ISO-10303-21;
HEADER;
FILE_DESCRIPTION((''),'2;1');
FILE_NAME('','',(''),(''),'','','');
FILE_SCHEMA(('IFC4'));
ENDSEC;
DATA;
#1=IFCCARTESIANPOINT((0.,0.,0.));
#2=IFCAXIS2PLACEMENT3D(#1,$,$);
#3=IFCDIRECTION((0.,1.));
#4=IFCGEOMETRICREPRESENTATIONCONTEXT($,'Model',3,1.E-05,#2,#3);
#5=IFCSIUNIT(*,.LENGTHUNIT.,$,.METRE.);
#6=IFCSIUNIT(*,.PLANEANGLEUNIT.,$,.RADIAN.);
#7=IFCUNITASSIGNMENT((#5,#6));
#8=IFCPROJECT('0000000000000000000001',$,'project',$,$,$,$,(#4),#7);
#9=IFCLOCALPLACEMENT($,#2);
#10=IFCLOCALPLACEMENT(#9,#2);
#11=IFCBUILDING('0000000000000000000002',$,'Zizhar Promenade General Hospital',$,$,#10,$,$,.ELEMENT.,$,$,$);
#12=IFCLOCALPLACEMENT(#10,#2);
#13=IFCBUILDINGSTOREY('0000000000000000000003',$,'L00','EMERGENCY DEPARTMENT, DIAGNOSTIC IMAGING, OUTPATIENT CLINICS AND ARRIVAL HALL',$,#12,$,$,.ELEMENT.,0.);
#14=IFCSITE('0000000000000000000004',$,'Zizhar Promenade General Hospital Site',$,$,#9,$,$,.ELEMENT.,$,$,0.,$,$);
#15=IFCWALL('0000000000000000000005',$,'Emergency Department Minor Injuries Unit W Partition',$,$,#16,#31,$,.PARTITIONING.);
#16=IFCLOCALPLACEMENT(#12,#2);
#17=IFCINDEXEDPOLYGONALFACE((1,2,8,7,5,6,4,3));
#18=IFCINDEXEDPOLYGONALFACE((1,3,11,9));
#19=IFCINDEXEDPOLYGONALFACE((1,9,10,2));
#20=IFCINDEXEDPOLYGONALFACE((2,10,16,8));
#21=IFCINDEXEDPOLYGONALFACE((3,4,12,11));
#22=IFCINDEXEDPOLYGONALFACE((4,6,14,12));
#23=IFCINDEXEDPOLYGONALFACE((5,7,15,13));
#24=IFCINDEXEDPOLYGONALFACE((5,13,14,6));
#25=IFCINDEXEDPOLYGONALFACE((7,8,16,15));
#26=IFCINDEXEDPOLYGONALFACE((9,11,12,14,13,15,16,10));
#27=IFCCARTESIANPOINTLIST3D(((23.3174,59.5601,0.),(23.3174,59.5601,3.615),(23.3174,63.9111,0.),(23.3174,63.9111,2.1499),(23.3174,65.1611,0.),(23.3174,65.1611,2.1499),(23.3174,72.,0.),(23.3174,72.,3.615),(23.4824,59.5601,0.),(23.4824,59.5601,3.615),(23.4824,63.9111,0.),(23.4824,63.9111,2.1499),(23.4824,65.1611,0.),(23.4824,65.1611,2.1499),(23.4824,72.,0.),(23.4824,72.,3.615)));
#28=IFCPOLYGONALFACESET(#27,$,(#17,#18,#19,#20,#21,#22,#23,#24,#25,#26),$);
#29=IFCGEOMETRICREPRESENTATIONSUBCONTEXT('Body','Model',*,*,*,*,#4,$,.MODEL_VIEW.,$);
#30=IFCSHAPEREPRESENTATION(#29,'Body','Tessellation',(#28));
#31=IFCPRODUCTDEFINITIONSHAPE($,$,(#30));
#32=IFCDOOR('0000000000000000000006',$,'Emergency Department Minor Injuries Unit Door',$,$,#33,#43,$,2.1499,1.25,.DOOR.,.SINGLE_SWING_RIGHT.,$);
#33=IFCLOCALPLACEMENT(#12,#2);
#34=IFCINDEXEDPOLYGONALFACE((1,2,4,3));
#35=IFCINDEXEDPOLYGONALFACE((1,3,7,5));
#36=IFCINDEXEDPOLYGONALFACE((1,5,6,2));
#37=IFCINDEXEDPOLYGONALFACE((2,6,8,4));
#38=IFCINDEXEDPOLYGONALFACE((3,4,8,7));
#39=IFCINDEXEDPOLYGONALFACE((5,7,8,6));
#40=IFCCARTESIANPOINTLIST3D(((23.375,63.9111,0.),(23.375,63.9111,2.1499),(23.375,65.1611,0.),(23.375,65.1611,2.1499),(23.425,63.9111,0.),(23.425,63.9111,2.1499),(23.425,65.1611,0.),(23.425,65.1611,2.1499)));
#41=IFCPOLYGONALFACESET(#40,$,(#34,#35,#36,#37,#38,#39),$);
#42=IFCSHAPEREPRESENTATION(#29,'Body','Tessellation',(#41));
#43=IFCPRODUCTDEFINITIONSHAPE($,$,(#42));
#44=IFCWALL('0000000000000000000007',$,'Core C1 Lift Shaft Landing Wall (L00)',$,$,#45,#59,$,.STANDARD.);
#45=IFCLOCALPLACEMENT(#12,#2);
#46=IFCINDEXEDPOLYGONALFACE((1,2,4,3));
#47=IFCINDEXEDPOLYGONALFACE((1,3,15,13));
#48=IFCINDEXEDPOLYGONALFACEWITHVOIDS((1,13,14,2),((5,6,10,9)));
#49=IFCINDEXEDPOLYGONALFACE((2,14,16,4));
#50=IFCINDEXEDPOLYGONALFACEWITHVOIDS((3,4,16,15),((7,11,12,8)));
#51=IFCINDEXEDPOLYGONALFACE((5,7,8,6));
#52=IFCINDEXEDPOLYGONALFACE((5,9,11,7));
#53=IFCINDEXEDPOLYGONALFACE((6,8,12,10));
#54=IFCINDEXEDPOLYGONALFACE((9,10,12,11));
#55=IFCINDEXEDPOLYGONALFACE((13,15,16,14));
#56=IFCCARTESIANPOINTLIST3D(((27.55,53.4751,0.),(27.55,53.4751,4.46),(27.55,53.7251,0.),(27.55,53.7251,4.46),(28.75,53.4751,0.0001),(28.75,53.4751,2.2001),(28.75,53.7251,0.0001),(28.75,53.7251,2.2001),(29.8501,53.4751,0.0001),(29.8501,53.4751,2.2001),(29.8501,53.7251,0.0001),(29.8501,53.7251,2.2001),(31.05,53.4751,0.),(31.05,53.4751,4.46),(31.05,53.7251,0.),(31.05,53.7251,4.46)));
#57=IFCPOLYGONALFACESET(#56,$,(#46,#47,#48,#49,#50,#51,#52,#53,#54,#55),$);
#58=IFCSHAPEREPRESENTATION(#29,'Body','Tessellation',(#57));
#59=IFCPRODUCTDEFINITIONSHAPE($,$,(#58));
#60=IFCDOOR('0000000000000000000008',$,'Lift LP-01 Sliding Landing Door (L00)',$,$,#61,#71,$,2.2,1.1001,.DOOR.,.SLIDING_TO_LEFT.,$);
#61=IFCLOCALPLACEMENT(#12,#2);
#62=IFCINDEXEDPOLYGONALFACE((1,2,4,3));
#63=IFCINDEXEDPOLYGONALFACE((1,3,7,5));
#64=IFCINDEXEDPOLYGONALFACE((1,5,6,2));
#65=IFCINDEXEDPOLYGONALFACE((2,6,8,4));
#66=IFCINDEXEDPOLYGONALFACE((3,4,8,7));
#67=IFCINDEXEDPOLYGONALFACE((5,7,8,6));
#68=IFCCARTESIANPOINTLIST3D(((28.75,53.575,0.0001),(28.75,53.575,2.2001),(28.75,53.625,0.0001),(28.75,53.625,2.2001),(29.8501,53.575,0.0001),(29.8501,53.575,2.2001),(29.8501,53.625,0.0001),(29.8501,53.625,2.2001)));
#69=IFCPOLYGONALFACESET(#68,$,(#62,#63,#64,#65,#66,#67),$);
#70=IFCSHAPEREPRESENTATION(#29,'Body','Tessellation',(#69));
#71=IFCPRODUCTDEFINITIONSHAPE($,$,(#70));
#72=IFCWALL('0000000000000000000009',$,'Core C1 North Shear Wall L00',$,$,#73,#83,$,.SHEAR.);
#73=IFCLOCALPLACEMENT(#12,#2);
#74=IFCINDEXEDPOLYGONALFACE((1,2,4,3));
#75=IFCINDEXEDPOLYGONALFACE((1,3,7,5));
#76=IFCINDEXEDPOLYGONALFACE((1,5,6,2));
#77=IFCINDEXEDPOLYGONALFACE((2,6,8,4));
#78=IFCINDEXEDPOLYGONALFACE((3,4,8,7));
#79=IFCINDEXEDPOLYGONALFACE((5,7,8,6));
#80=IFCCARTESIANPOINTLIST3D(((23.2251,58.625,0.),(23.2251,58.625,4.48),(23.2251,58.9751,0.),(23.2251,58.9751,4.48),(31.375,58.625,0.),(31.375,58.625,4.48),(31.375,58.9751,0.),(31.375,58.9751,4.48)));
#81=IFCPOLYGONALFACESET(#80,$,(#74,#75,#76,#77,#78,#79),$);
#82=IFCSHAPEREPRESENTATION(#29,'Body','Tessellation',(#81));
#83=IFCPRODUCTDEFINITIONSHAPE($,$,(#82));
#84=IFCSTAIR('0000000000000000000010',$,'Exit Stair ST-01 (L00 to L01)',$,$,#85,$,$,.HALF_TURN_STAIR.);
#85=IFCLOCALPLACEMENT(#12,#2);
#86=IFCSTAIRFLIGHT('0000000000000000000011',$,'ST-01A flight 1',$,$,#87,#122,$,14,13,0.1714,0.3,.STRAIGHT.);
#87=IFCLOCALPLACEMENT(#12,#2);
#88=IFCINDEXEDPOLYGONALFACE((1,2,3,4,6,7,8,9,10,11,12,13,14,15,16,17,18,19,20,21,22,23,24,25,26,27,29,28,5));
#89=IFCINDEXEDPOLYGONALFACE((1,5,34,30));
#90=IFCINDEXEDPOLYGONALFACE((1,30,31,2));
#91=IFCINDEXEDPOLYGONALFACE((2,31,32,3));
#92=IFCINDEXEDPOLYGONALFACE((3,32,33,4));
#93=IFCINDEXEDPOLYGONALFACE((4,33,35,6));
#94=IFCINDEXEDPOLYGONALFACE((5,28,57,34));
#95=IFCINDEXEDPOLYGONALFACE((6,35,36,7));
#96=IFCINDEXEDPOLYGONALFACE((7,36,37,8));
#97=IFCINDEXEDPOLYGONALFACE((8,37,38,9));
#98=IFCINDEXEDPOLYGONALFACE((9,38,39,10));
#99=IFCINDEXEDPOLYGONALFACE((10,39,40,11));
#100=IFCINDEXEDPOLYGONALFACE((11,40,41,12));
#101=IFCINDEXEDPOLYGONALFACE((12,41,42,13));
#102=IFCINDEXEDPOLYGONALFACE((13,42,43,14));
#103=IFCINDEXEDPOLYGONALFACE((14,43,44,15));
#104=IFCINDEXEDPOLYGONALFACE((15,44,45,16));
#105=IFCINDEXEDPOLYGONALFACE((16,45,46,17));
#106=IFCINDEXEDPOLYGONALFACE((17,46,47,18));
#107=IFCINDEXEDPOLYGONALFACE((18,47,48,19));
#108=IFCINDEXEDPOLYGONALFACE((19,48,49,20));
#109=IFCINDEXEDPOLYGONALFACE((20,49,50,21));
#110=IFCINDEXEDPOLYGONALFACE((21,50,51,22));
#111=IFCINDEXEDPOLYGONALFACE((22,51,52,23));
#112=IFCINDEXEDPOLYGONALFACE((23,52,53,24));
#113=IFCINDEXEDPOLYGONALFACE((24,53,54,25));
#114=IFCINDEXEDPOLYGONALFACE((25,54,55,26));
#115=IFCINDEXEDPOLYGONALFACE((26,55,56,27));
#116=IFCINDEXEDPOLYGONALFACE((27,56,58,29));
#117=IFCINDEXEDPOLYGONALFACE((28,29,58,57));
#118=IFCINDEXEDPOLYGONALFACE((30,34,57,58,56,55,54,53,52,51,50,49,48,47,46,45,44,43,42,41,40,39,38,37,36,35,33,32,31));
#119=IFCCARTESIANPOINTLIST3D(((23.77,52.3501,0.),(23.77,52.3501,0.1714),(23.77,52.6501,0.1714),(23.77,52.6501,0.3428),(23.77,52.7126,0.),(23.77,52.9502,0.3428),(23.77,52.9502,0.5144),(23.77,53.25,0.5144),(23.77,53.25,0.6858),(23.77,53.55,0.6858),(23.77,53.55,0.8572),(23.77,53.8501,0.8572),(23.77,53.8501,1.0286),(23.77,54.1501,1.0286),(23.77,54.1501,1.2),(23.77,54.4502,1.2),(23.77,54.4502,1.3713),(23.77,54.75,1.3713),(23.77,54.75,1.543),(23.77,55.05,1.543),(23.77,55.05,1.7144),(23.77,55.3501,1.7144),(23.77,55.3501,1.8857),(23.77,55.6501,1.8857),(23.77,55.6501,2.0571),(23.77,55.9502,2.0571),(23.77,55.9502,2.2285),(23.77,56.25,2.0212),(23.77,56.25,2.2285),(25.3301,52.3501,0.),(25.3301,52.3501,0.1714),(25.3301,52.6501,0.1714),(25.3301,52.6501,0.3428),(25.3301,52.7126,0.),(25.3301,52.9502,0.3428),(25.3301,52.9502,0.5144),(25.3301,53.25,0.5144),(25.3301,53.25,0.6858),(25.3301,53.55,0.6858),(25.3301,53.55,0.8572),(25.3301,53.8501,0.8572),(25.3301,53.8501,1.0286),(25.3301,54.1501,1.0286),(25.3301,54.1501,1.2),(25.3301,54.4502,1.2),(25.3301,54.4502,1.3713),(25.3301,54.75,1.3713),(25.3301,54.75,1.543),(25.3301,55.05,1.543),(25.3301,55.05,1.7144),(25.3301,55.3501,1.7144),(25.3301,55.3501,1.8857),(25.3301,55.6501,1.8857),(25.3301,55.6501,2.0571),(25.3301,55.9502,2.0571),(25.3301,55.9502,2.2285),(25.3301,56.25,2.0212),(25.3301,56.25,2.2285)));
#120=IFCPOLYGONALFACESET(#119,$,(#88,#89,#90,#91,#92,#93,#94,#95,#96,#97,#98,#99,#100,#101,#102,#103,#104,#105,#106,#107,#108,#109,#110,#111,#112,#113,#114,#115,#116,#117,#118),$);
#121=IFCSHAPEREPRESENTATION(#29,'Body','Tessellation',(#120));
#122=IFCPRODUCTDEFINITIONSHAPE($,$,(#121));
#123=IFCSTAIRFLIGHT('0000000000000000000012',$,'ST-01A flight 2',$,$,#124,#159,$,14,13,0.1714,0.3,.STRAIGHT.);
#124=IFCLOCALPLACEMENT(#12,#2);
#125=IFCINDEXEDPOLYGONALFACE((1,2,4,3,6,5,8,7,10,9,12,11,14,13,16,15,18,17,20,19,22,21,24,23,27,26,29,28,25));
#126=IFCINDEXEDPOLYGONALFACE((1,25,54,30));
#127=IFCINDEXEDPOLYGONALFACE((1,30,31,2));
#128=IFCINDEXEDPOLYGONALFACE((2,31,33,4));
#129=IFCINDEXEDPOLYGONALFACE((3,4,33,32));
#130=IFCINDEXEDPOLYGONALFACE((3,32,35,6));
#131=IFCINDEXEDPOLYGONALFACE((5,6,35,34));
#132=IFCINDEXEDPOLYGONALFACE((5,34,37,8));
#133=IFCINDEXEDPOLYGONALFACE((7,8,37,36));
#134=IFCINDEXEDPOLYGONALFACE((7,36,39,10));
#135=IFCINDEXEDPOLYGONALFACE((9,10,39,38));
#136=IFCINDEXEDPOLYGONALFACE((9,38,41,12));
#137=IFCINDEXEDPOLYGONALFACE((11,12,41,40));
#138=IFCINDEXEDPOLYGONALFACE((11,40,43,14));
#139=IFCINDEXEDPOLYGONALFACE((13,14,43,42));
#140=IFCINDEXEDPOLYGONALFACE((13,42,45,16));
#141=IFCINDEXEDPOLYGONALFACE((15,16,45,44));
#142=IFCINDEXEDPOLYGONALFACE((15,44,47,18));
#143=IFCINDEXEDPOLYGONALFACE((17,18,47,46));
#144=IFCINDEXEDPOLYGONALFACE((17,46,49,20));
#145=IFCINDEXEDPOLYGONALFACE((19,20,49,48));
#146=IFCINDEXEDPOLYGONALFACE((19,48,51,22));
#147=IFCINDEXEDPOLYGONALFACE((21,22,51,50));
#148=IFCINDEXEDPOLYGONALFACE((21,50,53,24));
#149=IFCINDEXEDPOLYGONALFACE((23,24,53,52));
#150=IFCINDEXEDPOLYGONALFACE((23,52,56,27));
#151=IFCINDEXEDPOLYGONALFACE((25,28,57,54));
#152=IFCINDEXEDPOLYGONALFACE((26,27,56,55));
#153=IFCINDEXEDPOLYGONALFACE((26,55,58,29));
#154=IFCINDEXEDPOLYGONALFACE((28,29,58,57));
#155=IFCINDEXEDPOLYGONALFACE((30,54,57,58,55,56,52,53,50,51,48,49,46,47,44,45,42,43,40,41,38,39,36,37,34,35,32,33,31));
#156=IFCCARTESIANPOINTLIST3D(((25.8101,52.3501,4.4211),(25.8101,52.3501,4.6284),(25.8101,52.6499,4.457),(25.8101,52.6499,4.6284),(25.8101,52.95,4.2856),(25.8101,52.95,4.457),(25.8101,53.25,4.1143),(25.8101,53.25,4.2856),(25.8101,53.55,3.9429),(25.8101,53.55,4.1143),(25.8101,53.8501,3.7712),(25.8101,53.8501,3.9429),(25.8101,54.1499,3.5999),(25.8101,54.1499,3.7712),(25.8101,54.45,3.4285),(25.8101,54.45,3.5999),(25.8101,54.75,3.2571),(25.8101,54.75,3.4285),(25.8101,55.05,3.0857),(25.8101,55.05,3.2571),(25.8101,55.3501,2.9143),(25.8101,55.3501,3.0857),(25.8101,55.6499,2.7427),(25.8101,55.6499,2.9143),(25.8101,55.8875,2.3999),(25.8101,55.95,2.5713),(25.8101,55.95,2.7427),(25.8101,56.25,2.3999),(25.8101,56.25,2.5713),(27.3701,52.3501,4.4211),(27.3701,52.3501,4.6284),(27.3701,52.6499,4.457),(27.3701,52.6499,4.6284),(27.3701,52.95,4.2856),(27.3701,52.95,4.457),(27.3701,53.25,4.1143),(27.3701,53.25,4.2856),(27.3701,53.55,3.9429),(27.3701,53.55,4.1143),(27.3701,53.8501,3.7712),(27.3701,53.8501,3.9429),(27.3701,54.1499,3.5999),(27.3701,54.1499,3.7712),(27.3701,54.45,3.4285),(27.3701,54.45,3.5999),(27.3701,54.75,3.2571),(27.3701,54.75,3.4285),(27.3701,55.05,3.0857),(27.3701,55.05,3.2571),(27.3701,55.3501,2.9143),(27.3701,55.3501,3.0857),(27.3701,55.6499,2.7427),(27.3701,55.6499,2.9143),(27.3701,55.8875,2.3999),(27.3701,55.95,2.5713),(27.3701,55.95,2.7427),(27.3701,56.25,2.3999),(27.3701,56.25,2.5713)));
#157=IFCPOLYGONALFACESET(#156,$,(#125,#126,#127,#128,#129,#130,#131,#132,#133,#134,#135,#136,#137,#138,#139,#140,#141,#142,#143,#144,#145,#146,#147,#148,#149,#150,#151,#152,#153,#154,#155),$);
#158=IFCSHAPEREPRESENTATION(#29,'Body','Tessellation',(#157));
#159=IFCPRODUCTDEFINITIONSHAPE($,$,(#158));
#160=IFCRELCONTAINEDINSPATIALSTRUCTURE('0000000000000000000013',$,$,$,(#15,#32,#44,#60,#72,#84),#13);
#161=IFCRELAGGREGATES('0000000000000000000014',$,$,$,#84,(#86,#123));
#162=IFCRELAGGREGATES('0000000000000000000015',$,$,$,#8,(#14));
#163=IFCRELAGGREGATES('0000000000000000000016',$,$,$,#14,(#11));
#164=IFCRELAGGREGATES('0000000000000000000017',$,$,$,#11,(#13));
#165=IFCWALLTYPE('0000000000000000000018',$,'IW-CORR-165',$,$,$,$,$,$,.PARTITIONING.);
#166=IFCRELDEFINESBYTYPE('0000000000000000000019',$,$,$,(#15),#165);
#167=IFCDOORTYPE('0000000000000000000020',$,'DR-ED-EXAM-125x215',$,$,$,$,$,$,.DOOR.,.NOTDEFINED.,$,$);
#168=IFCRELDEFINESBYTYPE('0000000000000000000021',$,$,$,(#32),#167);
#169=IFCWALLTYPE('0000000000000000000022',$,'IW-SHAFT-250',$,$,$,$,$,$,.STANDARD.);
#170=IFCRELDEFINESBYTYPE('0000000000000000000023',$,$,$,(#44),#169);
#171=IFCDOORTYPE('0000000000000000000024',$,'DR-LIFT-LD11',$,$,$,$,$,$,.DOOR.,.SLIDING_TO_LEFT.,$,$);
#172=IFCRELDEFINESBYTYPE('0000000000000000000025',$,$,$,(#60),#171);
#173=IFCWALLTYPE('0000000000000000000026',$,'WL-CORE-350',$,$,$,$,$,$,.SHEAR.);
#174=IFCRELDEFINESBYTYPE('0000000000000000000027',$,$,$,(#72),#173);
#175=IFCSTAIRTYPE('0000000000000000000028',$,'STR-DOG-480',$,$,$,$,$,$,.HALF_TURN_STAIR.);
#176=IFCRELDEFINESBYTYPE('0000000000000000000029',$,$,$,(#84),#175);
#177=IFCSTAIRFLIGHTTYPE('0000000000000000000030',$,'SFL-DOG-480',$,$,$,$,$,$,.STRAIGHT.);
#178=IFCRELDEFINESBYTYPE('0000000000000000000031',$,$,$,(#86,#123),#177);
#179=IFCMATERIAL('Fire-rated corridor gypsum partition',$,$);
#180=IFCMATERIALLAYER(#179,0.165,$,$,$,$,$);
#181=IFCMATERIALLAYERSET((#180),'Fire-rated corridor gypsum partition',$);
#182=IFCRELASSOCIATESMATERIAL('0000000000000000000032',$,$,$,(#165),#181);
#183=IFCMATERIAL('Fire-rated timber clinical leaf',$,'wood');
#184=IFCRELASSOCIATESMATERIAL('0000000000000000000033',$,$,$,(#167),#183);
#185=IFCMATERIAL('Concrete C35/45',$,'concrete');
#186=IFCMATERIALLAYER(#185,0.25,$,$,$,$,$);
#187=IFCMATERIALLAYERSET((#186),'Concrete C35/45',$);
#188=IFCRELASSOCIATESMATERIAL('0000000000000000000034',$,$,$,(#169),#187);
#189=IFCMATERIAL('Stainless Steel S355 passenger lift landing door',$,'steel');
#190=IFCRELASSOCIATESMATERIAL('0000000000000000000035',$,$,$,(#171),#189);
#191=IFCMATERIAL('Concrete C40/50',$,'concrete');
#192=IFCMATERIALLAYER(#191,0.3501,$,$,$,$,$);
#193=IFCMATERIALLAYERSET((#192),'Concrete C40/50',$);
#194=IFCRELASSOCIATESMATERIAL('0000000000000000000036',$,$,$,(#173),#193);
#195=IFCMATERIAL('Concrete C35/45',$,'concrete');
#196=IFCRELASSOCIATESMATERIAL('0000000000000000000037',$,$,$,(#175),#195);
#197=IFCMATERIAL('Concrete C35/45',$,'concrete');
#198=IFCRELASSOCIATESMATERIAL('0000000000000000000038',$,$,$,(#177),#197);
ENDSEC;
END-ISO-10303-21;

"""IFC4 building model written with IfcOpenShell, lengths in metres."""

from ifc_helpers import new_model, si_unit, direction, frame, frame_2d, origin, place, context, subcontext, project, spatial, polyline, rectangle, outline, extrude, material, layer, layer_set, type_object, element, fill, aggregate, save


model = new_model("IFC4")

# Units and contexts
model_context = context("Model", 3, precision=1e-05, world=origin(), true_north=direction((0.0, 1.0)))
body_context = subcontext(model_context, "Body", "Model", "MODEL_VIEW")
ifc_project = project(units=[si_unit("LENGTHUNIT", "METRE"), si_unit("PLANEANGLEUNIT", "RADIAN")], contexts=[model_context])

# Site, building, storey
site_placement = place(None, origin())
site = spatial("IfcSite", under=ifc_project, at=site_placement, Name="Zizhar Promenade General Hospital Site", CompositionType="ELEMENT", RefElevation=0.0)
building_placement = place(site_placement, origin())
building = spatial("IfcBuilding", under=site, at=building_placement, Name="Zizhar Promenade General Hospital", CompositionType="ELEMENT")
storey_placement = place(building_placement, origin())
storey = spatial("IfcBuildingStorey", under=building, at=storey_placement, Name="L00", Description="EMERGENCY DEPARTMENT, DIAGNOSTIC IMAGING, OUTPATIENT CLINICS AND ARRIVAL HALL", CompositionType="ELEMENT", Elevation=0.0)

# Shared definitions
ifc_material_1 = material(Name="Fire-rated corridor gypsum partition")
ifc_layer_1 = layer(ifc_material_1, 0.165)
ifc_layer_set_1 = layer_set([ifc_layer_1], Name="Fire-rated corridor gypsum partition")
wall_type_1 = type_object("IfcWallType", Name="IW-CORR-165", PredefinedType="PARTITIONING", material=ifc_layer_set_1)
ifc_material_2 = material(Name="Fire-rated timber clinical leaf", Category="wood")
door_type_1 = type_object("IfcDoorType", Name="DR-ED-EXAM-125x215", OperationType="NOTDEFINED", PredefinedType="DOOR", material=ifc_material_2)

# Walls, openings, doors
wall_1_placement = place(storey_placement, frame((23.3999, 59.5601, 0.0), z_axis=(0.0, 0.0, 1.0), x_axis=(0.0, 1.0, 0.0)))
wall_1 = element("IfcWall", 1, at=wall_1_placement, inside=storey, type_object=wall_type_1, Name="Emergency Department Minor Injuries Unit W Partition", PredefinedType="PARTITIONING", context=body_context, shape_type="SweptSolid", body=[
    extrude(rectangle(XDim=12.4399, YDim=0.165, at=frame_2d((6.22, 0.0))), origin(), (0.0, 0.0, 1.0), 3.615),
])
opening_1_placement = place(wall_1_placement, frame((4.3511, 0.0, 0.0)))
opening_1 = element("IfcOpeningElement", 2, at=opening_1_placement, cuts=wall_1, PredefinedType="OPENING", context=body_context, shape_type="SweptSolid", body=[
    extrude(rectangle(XDim=1.25, YDim=2.1499, at=frame_2d((0.625, 1.075))), frame((0.0, 0.0925, 0.0), z_axis=(0.0, -1.0, 0.0), x_axis=(1.0, 0.0, 0.0)), (0.0, 0.0, 1.0), 0.1851),
])
door_1_placement = place(opening_1_placement, origin())
door_1 = element("IfcDoor", 3, at=door_1_placement, inside=storey, type_object=door_type_1, Name="Emergency Department Minor Injuries Unit Door", OperationType="SINGLE_SWING_RIGHT", OverallHeight=2.1499, OverallWidth=1.25, PredefinedType="DOOR", context=body_context, shape_type="SweptSolid", body=[
    extrude(rectangle(XDim=1.25, YDim=2.1499, at=frame_2d((0.625, 1.075))), frame((0.0, 0.0249, 0.0), z_axis=(0.0, -1.0, 0.0), x_axis=(1.0, 0.0, 0.0)), (0.0, 0.0, 1.0), 0.05),
])
fill(opening_1, door_1)
ifc_material_3 = material(Name="Concrete C35/45", Category="concrete")
ifc_layer_2 = layer(ifc_material_3, 0.25)
ifc_layer_set_2 = layer_set([ifc_layer_2], Name="Concrete C35/45")
wall_type_2 = type_object("IfcWallType", Name="IW-SHAFT-250", PredefinedType="STANDARD", material=ifc_layer_set_2)
wall_2_placement = place(storey_placement, frame((27.55, 53.6001, 0.0), z_axis=(0.0, 0.0, 1.0), x_axis=(1.0, 0.0, 0.0)))
wall_2 = element("IfcWall", 4, at=wall_2_placement, inside=storey, type_object=wall_type_2, Name="Core C1 Lift Shaft Landing Wall (L00)", PredefinedType="STANDARD", context=body_context, shape_type="SweptSolid", body=[
    extrude(rectangle(XDim=3.5, YDim=0.25, at=frame_2d((1.75, 0.0))), origin(), (0.0, 0.0, 1.0), 4.46),
])
opening_2_placement = place(wall_2_placement, frame((1.2, 0.0, 0.0)))
opening_2 = element("IfcOpeningElement", 5, at=opening_2_placement, cuts=wall_2, PredefinedType="OPENING", context=body_context, shape_type="SweptSolid", body=[
    extrude(rectangle(XDim=1.1001, YDim=2.2, at=frame_2d((0.55, 1.1001))), frame((0.0, 0.135, 0.0), z_axis=(0.0, -1.0, 0.0), x_axis=(1.0, 0.0, 0.0)), (0.0, 0.0, 1.0), 0.27),
])
ifc_material_4 = material(Name="Stainless Steel S355 passenger lift landing door", Category="steel")
door_type_2 = type_object("IfcDoorType", Name="DR-LIFT-LD11", OperationType="SLIDING_TO_LEFT", PredefinedType="DOOR", material=ifc_material_4)
door_2_placement = place(opening_2_placement, origin())
door_2 = element("IfcDoor", 6, at=door_2_placement, inside=storey, type_object=door_type_2, Name="Lift LP-01 Sliding Landing Door (L00)", OperationType="SLIDING_TO_LEFT", OverallHeight=2.2, OverallWidth=1.1001, PredefinedType="DOOR", context=body_context, shape_type="SweptSolid", body=[
    extrude(rectangle(XDim=1.1001, YDim=2.2, at=frame_2d((0.55, 1.1001))), frame((0.0, 0.0249, 0.0), z_axis=(0.0, -1.0, 0.0), x_axis=(1.0, 0.0, 0.0)), (0.0, 0.0, 1.0), 0.05),
])
fill(opening_2, door_2)

# Wall
ifc_material_5 = material(Name="Concrete C40/50", Category="concrete")
ifc_layer_3 = layer(ifc_material_5, 0.3501)
ifc_layer_set_3 = layer_set([ifc_layer_3], Name="Concrete C40/50")
wall_type_3 = type_object("IfcWallType", Name="WL-CORE-350", PredefinedType="SHEAR", material=ifc_layer_set_3)
wall_3_placement = place(storey_placement, frame((23.2251, 58.8, 0.0), z_axis=(0.0, 0.0, 1.0), x_axis=(1.0, 0.0, 0.0)))
element("IfcWall", 7, at=wall_3_placement, inside=storey, type_object=wall_type_3, Name="Core C1 North Shear Wall L00", PredefinedType="SHEAR", context=body_context, shape_type="SweptSolid", body=[
    extrude(rectangle(XDim=8.1499, YDim=0.3501, at=frame_2d((4.075, 0.0))), origin(), (0.0, 0.0, 1.0), 4.48),
])

# Stair, stair flights
ifc_material_6 = material(Name="Concrete C35/45", Category="concrete")
stair_type = type_object("IfcStairType", Name="STR-DOG-480", PredefinedType="HALF_TURN_STAIR", material=ifc_material_6)
stair_placement = place(storey_placement, origin())
stair = element("IfcStair", 8, at=stair_placement, inside=storey, type_object=stair_type, Name="Exit Stair ST-01 (L00 to L01)", PredefinedType="HALF_TURN_STAIR")
ifc_material_7 = material(Name="Concrete C35/45", Category="concrete")
stair_flight_type = type_object("IfcStairFlightType", Name="SFL-DOG-480", PredefinedType="STRAIGHT", material=ifc_material_7)
stair_flight_1_placement = place(storey_placement, frame((24.55, 52.3501, 0.0), z_axis=(0.0, 0.0, 1.0), x_axis=(0.0, 1.0, 0.0)))
stair_flight_1 = element("IfcStairFlight", 9, at=stair_flight_1_placement, type_object=stair_flight_type, Name="ST-01A flight 1", NumberOfRisers=14, NumberOfTreads=13, PredefinedType="STRAIGHT", RiserHeight=0.1714, TreadLength=0.3, context=body_context, shape_type="SweptSolid", body=[
    extrude(outline(polyline([(0.0, 0.0), (0.0, 0.1714), (0.3, 0.1714), (0.3, 0.3428), (0.6001, 0.3428), (0.6001, 0.5144), (0.8999, 0.5144), (0.8999, 0.6858), (1.2, 0.6858), (1.2, 0.8572), (1.5, 0.8572), (1.5, 1.0286), (1.8, 1.0286), (1.8, 1.2), (2.1001, 1.2), (2.1001, 1.3713), (2.3999, 1.3713), (2.3999, 1.543), (2.7, 1.543), (2.7, 1.7144), (3.0, 1.7144), (3.0, 1.8857), (3.3, 1.8857), (3.3, 2.0571), (3.6001, 2.0571), (3.6001, 2.2285), (3.8999, 2.2285), (3.8999, 2.3999), (3.8999, 2.0212), (0.3625, 0.0), (0.0, 0.0)])), frame((0.0, 0.78, 0.0), z_axis=(0.0, -1.0, 0.0), x_axis=(1.0, 0.0, 0.0)), (0.0, 0.0, 1.0), 1.5601),
])
stair_flight_2_placement = place(storey_placement, frame((26.5901, 56.25, 2.3999), z_axis=(0.0, 0.0, 1.0), x_axis=(0.0, -1.0, 0.0)))
stair_flight_2 = element("IfcStairFlight", 10, at=stair_flight_2_placement, type_object=stair_flight_type, Name="ST-01A flight 2", NumberOfRisers=14, NumberOfTreads=13, PredefinedType="STRAIGHT", RiserHeight=0.1714, TreadLength=0.3, context=body_context, shape_type="SweptSolid", body=[
    extrude(outline(polyline([(0.0, 0.0), (0.0, 0.1714), (0.3, 0.1714), (0.3, 0.3428), (0.6001, 0.3428), (0.6001, 0.5144), (0.8999, 0.5144), (0.8999, 0.6858), (1.2, 0.6858), (1.2, 0.8572), (1.5, 0.8572), (1.5, 1.0286), (1.8, 1.0286), (1.8, 1.2), (2.1001, 1.2), (2.1001, 1.3713), (2.3999, 1.3713), (2.3999, 1.543), (2.7, 1.543), (2.7, 1.7144), (3.0, 1.7144), (3.0, 1.8857), (3.3, 1.8857), (3.3, 2.0571), (3.6001, 2.0571), (3.6001, 2.2285), (3.8999, 2.2285), (3.8999, 2.3999), (3.8999, 2.0212), (0.3625, 0.0), (0.0, 0.0)])), frame((0.0, 0.78, 0.0), z_axis=(0.0, -1.0, 0.0), x_axis=(1.0, 0.0, 0.0)), (0.0, 0.0, 1.0), 1.5601),
])
aggregate(stair, [stair_flight_1, stair_flight_2])

save(model, "model.ifc")
